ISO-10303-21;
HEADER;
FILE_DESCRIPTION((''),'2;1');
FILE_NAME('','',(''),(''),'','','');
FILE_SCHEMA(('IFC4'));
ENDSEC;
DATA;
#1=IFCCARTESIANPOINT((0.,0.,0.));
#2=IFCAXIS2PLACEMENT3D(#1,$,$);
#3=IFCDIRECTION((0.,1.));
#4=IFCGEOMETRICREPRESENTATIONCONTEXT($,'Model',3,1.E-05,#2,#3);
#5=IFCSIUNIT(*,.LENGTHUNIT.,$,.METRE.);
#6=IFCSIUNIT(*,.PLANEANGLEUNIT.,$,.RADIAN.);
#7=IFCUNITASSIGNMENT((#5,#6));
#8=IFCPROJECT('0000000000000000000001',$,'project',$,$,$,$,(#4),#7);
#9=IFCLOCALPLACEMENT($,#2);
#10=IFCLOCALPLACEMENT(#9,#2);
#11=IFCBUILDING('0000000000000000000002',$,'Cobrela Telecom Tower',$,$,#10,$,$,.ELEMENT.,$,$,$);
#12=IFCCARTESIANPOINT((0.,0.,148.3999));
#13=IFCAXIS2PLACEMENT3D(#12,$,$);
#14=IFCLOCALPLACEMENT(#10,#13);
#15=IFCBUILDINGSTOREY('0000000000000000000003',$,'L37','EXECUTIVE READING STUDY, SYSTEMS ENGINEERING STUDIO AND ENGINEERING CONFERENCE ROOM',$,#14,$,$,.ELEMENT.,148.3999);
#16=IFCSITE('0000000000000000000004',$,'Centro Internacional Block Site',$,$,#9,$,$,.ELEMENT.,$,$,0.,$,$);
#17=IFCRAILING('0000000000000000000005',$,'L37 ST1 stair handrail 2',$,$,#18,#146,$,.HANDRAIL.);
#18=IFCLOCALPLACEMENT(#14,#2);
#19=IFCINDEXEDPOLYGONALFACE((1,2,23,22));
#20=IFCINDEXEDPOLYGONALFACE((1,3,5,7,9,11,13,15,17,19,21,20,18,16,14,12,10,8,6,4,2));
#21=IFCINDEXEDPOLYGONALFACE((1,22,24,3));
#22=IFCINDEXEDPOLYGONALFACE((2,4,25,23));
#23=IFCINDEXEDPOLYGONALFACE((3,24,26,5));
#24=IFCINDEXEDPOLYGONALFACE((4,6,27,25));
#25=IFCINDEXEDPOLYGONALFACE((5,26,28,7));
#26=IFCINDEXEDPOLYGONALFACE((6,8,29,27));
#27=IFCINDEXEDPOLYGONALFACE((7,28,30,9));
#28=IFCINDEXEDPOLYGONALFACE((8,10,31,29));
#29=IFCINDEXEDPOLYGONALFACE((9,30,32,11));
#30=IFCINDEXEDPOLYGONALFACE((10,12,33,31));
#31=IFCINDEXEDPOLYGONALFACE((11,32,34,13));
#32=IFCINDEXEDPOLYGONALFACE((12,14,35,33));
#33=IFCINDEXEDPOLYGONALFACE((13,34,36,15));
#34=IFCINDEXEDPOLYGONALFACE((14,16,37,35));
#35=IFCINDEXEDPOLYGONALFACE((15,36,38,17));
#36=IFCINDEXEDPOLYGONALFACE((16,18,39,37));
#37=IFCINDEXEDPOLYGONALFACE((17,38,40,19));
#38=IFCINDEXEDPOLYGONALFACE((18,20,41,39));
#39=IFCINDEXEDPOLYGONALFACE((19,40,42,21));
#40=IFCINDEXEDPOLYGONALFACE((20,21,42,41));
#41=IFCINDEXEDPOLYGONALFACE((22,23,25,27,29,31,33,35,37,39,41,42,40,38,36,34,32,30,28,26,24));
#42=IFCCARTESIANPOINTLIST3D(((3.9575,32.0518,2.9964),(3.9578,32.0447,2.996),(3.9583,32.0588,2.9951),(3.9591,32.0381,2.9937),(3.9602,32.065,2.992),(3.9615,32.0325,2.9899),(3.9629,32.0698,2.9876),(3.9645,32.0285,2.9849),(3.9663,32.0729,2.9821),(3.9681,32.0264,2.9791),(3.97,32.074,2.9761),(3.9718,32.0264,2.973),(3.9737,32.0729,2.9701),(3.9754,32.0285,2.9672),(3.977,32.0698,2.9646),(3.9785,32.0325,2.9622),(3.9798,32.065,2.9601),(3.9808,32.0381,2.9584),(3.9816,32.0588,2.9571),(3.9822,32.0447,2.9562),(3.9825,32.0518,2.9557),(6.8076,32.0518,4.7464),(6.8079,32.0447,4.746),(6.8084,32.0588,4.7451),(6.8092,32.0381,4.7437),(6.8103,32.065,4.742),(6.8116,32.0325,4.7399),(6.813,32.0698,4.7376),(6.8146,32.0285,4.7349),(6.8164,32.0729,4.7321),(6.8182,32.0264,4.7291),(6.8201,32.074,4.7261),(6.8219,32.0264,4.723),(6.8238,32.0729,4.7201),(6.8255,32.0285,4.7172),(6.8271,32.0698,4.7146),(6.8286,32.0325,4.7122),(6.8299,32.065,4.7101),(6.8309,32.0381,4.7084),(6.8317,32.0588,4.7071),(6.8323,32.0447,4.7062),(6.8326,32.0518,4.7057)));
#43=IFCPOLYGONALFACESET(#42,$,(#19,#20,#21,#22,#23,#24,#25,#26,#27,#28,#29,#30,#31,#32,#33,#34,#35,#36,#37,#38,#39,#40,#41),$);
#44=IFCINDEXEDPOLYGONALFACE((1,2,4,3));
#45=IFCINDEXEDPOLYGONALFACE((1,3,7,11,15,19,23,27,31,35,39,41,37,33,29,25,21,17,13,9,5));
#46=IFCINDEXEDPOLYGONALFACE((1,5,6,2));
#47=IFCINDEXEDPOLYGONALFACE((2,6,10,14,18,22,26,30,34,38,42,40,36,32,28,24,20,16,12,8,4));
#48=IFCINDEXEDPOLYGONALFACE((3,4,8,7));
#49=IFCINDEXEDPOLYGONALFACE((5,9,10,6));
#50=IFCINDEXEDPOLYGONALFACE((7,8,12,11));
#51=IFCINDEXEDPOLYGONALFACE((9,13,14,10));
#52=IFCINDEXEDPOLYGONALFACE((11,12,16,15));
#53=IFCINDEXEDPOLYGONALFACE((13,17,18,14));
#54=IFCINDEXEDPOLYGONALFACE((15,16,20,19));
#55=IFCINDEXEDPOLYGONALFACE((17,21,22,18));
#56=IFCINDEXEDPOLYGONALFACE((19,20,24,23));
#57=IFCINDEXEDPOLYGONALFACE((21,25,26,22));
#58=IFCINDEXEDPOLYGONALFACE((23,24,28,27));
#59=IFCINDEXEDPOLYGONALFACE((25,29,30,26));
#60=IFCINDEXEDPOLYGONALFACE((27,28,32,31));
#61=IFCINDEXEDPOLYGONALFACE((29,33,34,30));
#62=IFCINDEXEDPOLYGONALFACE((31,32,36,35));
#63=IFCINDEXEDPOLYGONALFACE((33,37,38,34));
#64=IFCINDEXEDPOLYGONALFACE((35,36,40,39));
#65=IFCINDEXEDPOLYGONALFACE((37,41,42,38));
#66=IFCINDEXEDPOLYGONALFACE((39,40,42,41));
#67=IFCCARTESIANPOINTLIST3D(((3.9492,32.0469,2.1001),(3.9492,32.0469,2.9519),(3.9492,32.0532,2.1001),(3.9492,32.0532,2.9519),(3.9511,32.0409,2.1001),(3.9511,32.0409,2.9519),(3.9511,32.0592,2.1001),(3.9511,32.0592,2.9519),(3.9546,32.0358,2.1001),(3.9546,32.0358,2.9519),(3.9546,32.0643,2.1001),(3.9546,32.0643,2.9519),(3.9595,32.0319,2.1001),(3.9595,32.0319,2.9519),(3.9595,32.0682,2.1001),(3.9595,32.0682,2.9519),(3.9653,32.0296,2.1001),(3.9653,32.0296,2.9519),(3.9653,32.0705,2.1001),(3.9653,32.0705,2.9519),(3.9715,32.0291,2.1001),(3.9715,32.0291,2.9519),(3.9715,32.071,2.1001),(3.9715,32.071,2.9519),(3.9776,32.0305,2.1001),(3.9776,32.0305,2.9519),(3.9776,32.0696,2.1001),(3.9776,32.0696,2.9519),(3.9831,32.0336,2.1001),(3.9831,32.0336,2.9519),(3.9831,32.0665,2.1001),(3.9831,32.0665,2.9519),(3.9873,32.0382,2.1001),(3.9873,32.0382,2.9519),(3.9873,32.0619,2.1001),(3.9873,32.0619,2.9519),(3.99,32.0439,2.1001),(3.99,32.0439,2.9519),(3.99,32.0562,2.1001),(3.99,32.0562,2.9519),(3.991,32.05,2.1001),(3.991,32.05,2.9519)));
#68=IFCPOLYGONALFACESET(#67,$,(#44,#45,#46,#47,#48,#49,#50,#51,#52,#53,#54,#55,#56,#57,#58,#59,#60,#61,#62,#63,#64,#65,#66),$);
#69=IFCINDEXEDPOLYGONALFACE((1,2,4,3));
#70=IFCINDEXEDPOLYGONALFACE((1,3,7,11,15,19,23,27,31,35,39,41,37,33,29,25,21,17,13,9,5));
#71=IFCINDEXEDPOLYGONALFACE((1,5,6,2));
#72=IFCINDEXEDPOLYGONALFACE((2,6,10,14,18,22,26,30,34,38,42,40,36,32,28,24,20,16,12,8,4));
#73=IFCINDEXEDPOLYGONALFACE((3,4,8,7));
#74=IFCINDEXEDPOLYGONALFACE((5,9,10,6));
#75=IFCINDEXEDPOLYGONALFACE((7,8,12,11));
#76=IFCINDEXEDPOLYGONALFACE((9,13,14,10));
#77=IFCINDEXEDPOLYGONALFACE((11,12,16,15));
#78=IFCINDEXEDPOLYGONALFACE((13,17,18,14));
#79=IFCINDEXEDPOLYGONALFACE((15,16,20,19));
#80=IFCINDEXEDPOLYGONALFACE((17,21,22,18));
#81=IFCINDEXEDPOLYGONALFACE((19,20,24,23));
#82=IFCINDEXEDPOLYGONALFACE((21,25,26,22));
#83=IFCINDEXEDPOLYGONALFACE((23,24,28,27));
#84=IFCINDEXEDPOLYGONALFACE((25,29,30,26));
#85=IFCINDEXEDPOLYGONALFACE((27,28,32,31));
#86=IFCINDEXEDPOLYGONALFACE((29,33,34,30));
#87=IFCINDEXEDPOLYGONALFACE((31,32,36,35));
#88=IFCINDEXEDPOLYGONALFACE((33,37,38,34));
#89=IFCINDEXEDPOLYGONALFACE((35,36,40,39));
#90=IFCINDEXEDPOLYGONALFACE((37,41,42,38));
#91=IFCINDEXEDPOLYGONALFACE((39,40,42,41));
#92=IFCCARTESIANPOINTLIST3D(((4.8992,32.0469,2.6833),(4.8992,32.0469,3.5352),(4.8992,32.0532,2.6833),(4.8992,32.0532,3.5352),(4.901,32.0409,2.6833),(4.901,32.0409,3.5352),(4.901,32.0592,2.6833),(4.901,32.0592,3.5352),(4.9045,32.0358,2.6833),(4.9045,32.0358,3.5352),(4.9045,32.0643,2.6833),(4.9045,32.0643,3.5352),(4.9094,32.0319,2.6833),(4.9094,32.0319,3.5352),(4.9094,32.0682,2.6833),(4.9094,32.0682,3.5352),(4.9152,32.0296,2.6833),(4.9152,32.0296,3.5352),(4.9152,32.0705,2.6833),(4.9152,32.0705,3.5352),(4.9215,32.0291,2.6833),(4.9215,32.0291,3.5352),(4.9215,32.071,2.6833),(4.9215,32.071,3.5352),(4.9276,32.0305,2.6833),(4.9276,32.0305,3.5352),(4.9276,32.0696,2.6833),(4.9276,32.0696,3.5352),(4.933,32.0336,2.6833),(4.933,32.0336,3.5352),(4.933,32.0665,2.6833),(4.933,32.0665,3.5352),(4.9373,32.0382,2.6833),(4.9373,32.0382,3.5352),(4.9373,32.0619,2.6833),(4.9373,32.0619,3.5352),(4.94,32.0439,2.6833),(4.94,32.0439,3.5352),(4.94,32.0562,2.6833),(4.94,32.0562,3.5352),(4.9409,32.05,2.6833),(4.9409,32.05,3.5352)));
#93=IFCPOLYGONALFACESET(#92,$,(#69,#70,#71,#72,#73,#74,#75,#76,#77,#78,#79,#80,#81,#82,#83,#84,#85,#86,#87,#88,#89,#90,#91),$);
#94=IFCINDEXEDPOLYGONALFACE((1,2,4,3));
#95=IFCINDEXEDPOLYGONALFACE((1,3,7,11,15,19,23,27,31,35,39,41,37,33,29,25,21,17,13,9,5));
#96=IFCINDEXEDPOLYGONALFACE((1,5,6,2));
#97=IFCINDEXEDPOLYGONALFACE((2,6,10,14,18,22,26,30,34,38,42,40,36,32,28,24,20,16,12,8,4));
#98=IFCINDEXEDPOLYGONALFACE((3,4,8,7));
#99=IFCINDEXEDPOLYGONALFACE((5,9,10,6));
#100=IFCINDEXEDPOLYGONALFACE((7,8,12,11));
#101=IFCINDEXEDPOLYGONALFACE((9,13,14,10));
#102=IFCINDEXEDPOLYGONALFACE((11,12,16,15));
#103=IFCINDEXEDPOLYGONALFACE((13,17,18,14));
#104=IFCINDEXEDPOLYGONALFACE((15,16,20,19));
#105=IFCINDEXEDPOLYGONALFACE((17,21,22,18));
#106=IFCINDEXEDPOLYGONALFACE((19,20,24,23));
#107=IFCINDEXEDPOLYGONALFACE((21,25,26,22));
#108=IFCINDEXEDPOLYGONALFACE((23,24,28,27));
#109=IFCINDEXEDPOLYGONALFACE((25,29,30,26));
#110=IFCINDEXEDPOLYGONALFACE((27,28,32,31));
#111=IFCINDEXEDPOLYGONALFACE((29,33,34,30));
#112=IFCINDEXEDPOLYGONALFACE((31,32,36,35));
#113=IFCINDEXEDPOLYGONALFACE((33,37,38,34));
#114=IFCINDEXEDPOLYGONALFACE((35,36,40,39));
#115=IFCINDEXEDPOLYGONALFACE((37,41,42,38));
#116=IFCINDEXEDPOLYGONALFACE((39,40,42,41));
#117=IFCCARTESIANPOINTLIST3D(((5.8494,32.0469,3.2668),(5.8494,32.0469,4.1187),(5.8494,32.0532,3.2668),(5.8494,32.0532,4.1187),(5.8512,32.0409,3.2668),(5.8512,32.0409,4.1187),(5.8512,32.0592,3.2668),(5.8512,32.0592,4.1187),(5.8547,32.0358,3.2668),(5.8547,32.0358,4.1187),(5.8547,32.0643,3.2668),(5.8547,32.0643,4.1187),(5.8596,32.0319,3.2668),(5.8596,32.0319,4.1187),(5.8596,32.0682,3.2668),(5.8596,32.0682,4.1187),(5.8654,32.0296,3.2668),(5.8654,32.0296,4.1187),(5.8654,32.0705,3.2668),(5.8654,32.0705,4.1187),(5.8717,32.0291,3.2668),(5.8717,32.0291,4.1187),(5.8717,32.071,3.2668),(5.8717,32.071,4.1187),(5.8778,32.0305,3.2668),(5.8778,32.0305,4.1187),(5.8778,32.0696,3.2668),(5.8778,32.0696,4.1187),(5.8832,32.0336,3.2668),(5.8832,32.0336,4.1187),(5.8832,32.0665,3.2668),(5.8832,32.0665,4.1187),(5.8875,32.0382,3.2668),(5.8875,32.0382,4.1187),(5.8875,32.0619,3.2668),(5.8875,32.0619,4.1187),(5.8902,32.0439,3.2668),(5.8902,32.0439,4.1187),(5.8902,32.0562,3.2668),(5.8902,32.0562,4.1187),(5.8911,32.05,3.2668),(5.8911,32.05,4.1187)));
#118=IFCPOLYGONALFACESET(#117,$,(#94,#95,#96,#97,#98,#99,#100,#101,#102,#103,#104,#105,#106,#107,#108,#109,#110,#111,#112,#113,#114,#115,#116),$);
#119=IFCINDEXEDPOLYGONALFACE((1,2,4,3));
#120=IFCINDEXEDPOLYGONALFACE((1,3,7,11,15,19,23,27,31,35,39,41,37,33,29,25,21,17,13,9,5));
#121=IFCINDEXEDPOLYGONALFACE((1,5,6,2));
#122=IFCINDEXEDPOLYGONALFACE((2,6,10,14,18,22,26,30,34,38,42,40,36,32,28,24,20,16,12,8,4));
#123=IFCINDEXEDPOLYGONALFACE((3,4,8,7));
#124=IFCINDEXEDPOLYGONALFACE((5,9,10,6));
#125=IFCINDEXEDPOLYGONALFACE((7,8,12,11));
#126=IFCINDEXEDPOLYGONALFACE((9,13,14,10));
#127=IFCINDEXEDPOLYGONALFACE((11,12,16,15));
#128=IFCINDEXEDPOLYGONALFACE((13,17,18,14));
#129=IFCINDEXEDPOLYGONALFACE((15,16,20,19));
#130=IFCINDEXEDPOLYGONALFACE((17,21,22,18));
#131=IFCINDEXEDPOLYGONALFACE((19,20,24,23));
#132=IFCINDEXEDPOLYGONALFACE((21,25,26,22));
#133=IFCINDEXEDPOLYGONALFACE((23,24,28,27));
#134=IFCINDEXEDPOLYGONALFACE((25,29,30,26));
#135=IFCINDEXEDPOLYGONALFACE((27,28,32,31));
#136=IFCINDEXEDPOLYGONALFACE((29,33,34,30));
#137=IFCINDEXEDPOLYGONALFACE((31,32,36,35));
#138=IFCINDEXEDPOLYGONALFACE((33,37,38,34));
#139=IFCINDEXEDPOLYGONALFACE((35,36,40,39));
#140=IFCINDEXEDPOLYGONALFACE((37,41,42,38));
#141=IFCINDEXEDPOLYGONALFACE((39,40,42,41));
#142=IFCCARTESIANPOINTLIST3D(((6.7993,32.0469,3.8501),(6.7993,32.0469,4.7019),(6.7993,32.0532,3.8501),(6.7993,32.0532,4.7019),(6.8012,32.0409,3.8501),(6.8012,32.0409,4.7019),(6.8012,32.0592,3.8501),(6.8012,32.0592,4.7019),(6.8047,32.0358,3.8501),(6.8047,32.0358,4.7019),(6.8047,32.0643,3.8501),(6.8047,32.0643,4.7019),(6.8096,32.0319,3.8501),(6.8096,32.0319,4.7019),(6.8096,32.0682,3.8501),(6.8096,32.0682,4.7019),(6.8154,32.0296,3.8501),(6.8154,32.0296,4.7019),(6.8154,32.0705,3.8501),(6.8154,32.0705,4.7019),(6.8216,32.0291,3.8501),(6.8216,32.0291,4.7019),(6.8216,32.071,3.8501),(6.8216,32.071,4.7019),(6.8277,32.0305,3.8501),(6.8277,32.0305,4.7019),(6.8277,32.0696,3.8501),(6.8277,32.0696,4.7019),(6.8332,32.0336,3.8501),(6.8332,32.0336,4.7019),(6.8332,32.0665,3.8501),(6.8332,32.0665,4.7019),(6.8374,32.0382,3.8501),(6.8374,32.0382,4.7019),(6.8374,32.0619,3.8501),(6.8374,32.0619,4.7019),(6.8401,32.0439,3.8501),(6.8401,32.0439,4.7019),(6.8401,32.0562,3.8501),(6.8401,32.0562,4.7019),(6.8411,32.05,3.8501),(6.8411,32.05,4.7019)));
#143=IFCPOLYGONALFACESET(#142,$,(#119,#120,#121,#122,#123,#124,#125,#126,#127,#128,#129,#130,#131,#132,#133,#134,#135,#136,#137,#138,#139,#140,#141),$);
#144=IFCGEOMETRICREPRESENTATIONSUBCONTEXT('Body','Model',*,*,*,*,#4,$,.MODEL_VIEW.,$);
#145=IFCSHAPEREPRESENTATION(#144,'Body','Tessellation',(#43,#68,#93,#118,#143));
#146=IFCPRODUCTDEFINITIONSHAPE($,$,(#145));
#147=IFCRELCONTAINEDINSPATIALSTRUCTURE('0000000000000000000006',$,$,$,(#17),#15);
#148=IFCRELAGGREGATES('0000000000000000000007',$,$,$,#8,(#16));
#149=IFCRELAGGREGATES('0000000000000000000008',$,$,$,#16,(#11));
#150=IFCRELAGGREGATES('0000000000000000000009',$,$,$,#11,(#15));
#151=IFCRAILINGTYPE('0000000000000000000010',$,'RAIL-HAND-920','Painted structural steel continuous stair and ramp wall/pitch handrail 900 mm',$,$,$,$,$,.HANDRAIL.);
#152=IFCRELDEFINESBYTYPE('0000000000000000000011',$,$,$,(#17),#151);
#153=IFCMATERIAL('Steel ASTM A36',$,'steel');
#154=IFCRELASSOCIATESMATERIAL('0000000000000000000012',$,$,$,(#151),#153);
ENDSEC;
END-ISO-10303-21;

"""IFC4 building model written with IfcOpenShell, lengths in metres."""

from ifc_helpers import new_model, si_unit, direction, frame, origin, origin_2d, place, context, subcontext, project, spatial, circle, extrude, material, type_object, element, save


model = new_model("IFC4")

# Units and contexts
model_context = context("Model", 3, precision=1e-05, world=origin(), true_north=direction((0.0, 1.0)))
body_context = subcontext(model_context, "Body", "Model", "MODEL_VIEW")
ifc_project = project(units=[si_unit("LENGTHUNIT", "METRE"), si_unit("PLANEANGLEUNIT", "RADIAN")], contexts=[model_context])

# Site, building, storey
site_placement = place(None, origin())
site = spatial("IfcSite", under=ifc_project, at=site_placement, Name="Centro Internacional Block Site", CompositionType="ELEMENT", RefElevation=0.0)
building_placement = place(site_placement, origin())
building = spatial("IfcBuilding", under=site, at=building_placement, Name="Cobrela Telecom Tower", CompositionType="ELEMENT")
storey_placement = place(building_placement, frame((0.0, 0.0, 148.3999)))
storey = spatial("IfcBuildingStorey", under=building, at=storey_placement, Name="L37", Description="EXECUTIVE READING STUDY, SYSTEMS ENGINEERING STUDIO AND ENGINEERING CONFERENCE ROOM", CompositionType="ELEMENT", Elevation=148.3999)

# Shared definitions
ifc_material_1 = material(Name="Steel ASTM A36", Category="steel")

# Railing
railing_type_1 = type_object("IfcRailingType", Name="RAIL-HAND-920", Description="Painted structural steel continuous stair and ramp wall/pitch handrail 900 mm", PredefinedType="HANDRAIL", material=ifc_material_1)
railing_1_placement = place(storey_placement, frame((3.97, 32.05, 2.1001)))
element("IfcRailing", 1, at=railing_1_placement, inside=storey, type_object=railing_type_1, Name="L37 ST1 stair handrail 2", PredefinedType="HANDRAIL", context=body_context, shape_type="SweptSolid", body=[
    extrude(circle(Radius=0.0239, at=origin_2d()), frame((0.0, 0.0, 0.876), z_axis=(0.852179, 0.0, 0.52325), x_axis=(0.0, 1.0, 0.0)), (0.0, 0.0, 1.0), 3.3445),
    extrude(circle(Radius=0.021, at=origin_2d()), origin(), (0.0, 0.0, 1.0), 0.8518),
    extrude(circle(Radius=0.021, at=origin_2d()), frame((0.95, 0.0, 0.5833)), (0.0, 0.0, 1.0), 0.8518),
    extrude(circle(Radius=0.021, at=origin_2d()), frame((1.9001, 0.0, 1.1667)), (0.0, 0.0, 1.0), 0.8518),
    extrude(circle(Radius=0.021, at=origin_2d()), frame((2.8501, 0.0, 1.75)), (0.0, 0.0, 1.0), 0.8518),
])

save(model, "model.ifc")
